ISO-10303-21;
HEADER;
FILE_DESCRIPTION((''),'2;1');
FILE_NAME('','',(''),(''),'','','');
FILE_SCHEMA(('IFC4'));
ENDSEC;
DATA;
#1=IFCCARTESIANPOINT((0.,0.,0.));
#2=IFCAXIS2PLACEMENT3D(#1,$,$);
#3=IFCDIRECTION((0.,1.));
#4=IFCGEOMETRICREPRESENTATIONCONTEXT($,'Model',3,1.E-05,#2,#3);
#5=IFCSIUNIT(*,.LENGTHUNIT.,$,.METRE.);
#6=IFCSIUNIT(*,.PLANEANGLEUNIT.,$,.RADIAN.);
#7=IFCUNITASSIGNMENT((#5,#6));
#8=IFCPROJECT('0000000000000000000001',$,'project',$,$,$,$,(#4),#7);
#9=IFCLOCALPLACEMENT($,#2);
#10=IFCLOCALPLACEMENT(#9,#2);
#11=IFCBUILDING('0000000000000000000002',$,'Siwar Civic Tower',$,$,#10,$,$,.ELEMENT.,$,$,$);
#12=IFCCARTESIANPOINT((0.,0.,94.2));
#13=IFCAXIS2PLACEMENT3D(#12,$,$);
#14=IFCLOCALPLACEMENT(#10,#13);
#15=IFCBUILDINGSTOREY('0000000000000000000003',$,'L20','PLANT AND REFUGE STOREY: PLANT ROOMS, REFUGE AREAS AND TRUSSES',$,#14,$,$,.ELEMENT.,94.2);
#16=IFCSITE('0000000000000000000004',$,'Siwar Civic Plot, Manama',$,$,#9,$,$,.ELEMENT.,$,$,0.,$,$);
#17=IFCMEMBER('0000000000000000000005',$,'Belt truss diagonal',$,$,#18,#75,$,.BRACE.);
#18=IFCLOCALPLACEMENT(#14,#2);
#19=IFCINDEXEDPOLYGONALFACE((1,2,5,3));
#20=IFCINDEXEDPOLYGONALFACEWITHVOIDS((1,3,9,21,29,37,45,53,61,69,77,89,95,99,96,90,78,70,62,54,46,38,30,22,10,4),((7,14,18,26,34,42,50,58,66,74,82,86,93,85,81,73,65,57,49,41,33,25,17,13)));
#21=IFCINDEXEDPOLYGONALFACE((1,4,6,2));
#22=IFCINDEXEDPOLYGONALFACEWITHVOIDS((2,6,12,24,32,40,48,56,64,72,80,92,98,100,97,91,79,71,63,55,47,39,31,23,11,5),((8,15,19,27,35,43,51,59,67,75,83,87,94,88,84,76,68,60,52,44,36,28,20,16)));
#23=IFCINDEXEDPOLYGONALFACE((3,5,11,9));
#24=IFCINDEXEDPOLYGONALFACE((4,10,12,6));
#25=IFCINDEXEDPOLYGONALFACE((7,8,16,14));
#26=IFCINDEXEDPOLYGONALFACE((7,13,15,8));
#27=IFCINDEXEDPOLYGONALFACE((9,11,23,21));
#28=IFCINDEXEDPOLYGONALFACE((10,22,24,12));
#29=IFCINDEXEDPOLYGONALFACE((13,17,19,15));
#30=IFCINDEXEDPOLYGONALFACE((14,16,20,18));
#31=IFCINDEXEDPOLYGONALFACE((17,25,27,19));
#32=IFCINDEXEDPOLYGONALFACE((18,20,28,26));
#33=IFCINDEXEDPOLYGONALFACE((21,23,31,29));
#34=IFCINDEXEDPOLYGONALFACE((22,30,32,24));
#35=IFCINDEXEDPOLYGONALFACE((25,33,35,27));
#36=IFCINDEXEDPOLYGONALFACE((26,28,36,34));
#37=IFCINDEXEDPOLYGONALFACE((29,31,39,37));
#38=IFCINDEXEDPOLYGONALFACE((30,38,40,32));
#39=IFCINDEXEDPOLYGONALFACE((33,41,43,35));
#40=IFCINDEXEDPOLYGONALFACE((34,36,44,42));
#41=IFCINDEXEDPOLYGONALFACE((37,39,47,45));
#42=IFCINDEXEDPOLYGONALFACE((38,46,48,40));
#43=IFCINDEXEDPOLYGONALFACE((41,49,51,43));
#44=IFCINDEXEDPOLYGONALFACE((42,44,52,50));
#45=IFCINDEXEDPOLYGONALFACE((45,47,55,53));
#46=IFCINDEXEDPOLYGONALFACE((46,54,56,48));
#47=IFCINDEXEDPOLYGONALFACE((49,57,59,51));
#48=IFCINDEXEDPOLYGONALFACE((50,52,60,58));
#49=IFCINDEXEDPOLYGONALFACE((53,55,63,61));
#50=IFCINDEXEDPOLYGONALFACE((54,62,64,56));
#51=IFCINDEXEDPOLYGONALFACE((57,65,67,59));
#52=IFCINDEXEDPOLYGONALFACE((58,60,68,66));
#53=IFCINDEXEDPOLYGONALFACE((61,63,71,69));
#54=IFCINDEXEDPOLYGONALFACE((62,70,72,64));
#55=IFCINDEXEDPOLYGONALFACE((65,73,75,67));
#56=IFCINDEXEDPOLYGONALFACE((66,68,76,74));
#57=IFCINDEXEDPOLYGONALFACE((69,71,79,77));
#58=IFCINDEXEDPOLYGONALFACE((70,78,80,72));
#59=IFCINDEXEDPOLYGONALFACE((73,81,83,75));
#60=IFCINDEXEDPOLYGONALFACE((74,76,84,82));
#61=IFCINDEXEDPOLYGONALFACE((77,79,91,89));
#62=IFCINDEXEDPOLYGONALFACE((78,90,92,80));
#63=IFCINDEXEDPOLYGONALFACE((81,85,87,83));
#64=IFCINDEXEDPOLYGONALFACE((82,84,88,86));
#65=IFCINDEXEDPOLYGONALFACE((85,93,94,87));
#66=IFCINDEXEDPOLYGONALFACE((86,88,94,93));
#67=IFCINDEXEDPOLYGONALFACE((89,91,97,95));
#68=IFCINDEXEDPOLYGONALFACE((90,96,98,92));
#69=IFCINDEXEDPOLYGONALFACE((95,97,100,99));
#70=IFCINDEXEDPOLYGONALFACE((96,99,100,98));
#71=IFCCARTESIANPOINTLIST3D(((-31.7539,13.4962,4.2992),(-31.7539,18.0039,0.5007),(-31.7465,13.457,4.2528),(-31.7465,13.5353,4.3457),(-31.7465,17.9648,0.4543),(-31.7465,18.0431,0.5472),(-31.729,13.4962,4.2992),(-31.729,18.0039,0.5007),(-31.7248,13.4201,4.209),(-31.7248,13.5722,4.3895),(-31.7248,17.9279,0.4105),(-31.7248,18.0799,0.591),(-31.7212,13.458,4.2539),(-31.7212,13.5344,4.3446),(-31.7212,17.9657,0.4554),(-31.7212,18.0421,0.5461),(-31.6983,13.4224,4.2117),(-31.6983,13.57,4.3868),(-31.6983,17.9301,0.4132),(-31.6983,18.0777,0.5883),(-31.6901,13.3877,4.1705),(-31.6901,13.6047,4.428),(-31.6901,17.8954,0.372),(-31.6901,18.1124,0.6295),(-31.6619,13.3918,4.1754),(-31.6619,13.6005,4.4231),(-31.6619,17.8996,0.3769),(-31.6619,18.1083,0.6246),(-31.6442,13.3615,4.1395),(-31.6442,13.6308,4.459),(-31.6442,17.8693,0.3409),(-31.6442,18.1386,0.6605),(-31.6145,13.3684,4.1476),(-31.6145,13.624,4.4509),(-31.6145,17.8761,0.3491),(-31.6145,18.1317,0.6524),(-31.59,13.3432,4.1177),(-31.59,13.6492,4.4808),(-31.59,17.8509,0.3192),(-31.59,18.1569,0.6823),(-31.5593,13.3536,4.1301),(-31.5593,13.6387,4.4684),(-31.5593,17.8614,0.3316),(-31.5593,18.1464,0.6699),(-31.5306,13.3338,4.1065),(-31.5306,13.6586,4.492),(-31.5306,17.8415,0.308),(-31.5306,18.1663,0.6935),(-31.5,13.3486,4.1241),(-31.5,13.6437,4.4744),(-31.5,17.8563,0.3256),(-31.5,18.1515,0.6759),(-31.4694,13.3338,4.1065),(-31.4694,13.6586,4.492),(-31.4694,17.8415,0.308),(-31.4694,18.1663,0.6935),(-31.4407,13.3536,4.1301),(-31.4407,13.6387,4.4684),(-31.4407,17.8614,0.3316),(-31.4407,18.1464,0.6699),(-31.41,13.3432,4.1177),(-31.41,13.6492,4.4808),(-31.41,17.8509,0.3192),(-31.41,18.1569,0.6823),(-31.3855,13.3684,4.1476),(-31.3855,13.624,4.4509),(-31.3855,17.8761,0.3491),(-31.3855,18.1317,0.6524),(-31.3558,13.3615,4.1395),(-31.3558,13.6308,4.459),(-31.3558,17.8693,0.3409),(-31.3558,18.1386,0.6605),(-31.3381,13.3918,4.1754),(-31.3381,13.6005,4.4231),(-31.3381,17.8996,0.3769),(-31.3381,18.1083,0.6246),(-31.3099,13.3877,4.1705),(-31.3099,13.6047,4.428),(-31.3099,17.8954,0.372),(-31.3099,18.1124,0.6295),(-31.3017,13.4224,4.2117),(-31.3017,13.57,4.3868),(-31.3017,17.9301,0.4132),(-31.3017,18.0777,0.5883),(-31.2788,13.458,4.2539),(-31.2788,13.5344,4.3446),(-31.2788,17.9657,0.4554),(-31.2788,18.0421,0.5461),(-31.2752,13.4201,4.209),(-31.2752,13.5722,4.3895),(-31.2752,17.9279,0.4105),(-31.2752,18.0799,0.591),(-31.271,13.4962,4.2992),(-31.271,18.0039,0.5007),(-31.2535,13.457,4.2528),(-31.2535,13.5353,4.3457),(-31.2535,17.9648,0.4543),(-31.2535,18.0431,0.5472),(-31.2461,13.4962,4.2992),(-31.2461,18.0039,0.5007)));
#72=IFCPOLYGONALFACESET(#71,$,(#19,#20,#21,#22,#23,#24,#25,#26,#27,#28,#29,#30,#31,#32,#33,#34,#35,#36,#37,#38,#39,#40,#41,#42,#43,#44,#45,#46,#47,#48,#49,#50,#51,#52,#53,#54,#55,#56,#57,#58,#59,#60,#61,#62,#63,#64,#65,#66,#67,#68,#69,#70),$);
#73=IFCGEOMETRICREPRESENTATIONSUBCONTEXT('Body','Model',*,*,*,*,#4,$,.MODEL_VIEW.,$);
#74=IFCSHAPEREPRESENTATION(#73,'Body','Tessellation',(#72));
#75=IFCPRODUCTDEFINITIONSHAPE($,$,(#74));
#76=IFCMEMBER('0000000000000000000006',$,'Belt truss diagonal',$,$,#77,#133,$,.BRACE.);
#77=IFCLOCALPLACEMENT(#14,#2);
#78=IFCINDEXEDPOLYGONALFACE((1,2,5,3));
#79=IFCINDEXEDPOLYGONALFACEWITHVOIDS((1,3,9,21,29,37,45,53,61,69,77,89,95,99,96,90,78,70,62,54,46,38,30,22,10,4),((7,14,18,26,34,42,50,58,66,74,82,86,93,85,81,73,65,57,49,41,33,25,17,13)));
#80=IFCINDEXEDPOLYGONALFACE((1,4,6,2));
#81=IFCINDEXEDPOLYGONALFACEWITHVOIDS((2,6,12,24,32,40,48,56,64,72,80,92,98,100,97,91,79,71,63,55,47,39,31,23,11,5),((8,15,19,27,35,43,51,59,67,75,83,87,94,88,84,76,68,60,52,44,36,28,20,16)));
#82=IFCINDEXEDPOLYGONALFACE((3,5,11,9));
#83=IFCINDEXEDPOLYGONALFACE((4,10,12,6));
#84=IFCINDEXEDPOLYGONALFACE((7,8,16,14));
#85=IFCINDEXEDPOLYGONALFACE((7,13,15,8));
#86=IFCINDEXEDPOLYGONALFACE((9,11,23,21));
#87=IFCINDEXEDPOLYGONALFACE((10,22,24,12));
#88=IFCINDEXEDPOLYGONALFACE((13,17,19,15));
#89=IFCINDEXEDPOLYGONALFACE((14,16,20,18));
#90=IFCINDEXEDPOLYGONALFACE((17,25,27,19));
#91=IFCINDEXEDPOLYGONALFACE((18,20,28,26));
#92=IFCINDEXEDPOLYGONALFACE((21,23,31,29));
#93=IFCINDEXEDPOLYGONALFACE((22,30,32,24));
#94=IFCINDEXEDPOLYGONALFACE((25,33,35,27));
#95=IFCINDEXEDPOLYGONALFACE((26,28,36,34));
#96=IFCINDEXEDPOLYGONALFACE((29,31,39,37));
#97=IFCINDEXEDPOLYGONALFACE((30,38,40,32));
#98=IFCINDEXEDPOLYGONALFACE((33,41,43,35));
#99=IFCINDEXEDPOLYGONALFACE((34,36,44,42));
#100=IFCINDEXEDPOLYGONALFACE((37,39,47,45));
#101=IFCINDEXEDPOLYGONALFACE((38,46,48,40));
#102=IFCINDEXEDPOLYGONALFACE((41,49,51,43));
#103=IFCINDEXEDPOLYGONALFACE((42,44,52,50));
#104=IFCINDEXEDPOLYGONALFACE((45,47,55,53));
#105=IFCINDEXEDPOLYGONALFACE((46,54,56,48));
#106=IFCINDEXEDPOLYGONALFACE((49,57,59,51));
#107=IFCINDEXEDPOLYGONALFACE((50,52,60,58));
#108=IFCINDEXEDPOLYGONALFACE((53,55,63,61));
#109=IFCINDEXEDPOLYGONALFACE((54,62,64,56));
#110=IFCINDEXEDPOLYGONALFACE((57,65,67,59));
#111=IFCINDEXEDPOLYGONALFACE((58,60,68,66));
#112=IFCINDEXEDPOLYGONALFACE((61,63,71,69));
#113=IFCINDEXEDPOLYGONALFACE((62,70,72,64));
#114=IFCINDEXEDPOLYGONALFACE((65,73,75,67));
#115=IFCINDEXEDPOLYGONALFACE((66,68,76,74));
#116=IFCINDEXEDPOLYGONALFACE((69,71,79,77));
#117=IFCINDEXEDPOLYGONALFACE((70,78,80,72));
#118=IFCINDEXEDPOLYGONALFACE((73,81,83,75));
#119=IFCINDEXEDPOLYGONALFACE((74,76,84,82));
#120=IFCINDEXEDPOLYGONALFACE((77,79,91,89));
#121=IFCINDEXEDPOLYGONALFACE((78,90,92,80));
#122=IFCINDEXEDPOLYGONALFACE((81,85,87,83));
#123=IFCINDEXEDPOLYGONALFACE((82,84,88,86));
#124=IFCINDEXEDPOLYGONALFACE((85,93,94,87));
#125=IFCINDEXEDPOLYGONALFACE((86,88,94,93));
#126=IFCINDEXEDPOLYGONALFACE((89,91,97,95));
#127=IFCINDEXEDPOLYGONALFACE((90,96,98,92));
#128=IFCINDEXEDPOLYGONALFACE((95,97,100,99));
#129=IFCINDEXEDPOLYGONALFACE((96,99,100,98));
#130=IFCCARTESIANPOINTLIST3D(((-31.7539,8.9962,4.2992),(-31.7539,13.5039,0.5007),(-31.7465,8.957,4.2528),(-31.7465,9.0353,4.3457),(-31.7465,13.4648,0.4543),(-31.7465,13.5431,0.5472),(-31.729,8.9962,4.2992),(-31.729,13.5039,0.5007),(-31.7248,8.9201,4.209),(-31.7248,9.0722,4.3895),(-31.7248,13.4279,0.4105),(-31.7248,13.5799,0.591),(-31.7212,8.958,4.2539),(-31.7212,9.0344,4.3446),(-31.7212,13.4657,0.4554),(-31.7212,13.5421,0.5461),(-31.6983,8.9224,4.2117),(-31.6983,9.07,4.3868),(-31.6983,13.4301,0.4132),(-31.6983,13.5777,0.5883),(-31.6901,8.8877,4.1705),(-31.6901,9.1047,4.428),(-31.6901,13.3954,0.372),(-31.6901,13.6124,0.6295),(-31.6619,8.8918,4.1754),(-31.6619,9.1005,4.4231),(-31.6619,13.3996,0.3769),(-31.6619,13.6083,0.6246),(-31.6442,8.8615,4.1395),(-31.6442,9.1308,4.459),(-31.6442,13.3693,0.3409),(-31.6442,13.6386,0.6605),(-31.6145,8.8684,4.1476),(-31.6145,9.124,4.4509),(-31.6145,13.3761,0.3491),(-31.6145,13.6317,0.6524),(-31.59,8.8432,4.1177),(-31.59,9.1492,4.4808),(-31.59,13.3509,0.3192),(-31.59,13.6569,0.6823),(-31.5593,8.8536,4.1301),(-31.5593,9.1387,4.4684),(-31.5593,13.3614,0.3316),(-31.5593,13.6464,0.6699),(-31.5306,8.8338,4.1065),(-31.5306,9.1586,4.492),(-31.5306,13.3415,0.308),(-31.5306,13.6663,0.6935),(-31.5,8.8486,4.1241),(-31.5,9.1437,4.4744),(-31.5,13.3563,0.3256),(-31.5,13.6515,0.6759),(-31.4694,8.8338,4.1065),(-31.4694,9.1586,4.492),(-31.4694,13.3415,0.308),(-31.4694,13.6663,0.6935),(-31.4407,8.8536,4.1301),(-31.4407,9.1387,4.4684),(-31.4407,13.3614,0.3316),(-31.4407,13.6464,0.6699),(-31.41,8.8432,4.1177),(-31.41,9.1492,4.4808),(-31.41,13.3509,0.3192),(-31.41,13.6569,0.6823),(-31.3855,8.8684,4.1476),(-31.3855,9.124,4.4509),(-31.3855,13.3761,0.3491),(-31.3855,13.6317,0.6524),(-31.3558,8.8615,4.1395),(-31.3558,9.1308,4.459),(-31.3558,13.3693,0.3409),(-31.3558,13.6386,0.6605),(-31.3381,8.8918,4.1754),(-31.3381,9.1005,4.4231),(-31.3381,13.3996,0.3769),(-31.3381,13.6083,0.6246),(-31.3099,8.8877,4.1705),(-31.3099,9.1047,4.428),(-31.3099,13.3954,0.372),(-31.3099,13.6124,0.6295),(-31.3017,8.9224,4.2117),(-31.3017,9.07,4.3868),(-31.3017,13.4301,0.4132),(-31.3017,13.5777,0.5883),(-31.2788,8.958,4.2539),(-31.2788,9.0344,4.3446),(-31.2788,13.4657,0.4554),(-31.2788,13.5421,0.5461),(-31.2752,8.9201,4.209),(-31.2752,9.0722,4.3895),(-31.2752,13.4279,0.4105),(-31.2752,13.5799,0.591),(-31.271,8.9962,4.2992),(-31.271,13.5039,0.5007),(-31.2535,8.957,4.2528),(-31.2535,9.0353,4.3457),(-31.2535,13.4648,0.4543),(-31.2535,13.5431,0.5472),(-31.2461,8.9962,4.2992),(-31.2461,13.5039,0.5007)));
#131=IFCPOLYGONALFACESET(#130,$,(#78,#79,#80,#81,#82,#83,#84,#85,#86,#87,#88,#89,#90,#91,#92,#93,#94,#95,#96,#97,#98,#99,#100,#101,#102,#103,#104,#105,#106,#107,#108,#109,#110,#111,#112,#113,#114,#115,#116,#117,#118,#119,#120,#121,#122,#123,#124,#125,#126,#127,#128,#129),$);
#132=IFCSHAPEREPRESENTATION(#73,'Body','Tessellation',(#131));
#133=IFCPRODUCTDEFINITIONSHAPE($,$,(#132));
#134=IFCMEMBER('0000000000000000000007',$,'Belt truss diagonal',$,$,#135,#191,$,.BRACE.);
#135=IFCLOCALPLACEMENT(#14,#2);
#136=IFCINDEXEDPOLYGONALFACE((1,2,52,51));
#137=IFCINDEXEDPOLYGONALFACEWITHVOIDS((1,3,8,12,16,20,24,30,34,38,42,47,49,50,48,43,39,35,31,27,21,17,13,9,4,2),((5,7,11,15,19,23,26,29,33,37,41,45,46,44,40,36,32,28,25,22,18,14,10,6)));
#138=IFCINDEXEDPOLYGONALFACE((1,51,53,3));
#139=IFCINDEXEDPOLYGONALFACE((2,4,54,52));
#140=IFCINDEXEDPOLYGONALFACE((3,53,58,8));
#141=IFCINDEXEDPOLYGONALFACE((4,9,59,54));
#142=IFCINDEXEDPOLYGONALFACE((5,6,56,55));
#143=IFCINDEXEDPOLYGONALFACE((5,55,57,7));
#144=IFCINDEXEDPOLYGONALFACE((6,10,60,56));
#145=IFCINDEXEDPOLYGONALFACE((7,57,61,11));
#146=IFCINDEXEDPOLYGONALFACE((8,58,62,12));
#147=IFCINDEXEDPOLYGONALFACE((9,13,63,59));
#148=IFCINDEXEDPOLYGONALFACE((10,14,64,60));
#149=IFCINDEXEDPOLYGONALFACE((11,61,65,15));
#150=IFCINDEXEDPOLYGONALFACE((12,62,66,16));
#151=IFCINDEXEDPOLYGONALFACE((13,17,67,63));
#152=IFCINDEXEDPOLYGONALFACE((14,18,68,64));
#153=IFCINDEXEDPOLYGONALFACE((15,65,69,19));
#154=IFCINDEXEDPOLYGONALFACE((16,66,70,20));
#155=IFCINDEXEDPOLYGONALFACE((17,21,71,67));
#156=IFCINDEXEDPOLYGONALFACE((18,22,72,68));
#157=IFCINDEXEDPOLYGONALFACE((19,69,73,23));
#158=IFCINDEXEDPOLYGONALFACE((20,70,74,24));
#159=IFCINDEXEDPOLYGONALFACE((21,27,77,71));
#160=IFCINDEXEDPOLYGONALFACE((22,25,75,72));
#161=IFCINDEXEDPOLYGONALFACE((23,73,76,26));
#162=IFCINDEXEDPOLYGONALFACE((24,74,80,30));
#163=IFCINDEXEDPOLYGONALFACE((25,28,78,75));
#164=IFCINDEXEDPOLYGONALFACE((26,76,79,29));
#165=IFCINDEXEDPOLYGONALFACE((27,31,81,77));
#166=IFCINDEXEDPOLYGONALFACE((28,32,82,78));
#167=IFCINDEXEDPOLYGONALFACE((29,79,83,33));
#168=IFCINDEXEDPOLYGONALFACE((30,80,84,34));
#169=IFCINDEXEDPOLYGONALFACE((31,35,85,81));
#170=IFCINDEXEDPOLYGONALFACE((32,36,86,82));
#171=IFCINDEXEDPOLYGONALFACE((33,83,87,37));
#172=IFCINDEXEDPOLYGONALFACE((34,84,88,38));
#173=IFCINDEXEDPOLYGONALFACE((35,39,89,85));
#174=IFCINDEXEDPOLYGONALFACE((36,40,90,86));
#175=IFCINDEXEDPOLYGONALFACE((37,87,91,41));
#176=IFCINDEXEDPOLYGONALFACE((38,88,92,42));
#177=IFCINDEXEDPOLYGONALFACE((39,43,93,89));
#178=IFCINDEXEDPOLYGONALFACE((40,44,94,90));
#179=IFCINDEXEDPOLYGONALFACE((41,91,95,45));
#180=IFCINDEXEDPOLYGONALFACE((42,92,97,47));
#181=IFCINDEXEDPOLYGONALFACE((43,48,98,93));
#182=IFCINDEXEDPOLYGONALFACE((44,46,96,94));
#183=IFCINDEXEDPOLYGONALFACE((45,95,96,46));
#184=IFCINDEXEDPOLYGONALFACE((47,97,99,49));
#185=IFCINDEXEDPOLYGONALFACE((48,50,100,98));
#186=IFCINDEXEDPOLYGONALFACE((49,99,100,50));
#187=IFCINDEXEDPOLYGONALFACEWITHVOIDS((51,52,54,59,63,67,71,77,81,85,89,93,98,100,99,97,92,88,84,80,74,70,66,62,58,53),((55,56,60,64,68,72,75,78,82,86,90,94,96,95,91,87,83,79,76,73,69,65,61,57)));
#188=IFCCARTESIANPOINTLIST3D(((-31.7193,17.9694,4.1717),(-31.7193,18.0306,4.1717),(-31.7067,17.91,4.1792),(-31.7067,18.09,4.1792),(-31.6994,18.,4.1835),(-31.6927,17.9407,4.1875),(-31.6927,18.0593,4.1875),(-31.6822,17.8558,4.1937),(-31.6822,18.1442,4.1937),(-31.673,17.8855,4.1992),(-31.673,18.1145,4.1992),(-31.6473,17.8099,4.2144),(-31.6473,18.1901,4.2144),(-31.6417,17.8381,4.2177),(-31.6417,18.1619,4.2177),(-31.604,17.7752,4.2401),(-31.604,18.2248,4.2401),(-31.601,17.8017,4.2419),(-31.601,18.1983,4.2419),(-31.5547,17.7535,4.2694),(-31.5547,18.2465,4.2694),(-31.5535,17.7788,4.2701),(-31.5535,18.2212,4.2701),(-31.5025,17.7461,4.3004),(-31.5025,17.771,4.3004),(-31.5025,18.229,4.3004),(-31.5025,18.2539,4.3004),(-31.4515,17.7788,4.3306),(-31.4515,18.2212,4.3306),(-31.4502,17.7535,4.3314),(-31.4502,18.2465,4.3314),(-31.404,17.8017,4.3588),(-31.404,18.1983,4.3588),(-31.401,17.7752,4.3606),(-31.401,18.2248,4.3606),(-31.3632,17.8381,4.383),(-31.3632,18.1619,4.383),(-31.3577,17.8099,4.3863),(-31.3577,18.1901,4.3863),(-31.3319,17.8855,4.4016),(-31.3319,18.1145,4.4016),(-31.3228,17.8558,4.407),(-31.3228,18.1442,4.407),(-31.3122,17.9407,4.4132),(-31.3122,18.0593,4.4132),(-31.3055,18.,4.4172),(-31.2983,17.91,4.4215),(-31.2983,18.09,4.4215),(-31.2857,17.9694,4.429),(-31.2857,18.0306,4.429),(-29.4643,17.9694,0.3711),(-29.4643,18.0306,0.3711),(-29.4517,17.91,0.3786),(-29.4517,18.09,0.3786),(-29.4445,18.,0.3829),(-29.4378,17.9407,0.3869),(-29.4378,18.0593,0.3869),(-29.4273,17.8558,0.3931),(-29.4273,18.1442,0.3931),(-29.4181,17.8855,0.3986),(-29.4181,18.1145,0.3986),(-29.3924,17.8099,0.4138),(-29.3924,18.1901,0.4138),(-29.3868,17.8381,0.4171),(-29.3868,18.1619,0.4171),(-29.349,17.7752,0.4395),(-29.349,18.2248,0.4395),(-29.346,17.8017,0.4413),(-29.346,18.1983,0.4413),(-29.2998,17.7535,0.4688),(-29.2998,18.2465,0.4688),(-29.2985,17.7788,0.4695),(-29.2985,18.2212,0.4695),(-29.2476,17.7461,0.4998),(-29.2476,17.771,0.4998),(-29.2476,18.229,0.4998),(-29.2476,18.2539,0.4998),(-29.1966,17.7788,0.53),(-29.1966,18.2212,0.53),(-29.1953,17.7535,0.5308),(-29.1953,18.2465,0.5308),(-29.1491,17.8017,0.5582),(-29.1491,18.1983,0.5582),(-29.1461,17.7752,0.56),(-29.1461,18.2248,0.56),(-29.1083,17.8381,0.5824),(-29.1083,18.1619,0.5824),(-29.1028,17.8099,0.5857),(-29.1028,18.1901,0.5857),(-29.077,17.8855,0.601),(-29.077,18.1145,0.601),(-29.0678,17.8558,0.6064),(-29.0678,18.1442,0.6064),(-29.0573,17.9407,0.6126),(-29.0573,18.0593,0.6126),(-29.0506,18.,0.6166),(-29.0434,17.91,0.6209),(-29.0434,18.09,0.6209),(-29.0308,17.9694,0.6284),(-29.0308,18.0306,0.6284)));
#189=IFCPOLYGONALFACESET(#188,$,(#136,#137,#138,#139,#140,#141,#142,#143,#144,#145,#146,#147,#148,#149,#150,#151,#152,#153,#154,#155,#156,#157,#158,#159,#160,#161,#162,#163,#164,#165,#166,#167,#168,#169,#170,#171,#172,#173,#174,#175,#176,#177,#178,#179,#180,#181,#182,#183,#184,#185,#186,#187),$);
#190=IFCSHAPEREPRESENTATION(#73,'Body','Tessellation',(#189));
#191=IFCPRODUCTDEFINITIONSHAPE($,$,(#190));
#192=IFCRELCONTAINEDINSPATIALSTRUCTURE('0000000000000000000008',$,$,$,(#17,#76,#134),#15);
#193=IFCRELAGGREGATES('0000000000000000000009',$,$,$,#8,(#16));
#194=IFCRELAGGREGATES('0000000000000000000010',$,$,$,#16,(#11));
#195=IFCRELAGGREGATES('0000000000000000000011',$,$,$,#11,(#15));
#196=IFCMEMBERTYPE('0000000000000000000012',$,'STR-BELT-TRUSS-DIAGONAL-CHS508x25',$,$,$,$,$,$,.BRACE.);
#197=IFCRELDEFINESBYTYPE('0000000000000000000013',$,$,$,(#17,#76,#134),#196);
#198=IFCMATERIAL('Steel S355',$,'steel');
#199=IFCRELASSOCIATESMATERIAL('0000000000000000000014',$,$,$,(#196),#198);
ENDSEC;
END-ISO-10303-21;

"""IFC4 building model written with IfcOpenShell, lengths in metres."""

from ifc_helpers import new_model, si_unit, direction, frame, origin, origin_2d, place, context, subcontext, project, spatial, hollow_circle, extrude, material, material_profile, profile_set, type_object, element, save


model = new_model("IFC4")

# Units and contexts
model_context = context("Model", 3, precision=1e-05, world=origin(), true_north=direction((0.0, 1.0)))
body_context = subcontext(model_context, "Body", "Model", "MODEL_VIEW")
ifc_project = project(units=[si_unit("LENGTHUNIT", "METRE"), si_unit("PLANEANGLEUNIT", "RADIAN")], contexts=[model_context])

# Site, building, storey
site_placement = place(None, origin())
site = spatial("IfcSite", under=ifc_project, at=site_placement, Name="Siwar Civic Plot, Manama", CompositionType="ELEMENT", RefElevation=0.0)
building_placement = place(site_placement, origin())
building = spatial("IfcBuilding", under=site, at=building_placement, Name="Siwar Civic Tower", CompositionType="ELEMENT")
storey_placement = place(building_placement, frame((0.0, 0.0, 94.2)))
storey = spatial("IfcBuildingStorey", under=building, at=storey_placement, Name="L20", Description="PLANT AND REFUGE STOREY: PLANT ROOMS, REFUGE AREAS AND TRUSSES", CompositionType="ELEMENT", Elevation=94.2)

# Members
ifc_material_1 = material(Name="Steel S355", Category="steel")
ifc_material_profile_1 = material_profile(ifc_material_1, hollow_circle(Radius=0.2539, WallThickness=0.0249, at=origin_2d()), Name="CHS508x25")
ifc_profile_set_1 = profile_set([ifc_material_profile_1], Name="Steel S355")
member_type_1 = type_object("IfcMemberType", Name="STR-BELT-TRUSS-DIAGONAL-CHS508x25", PredefinedType="BRACE", material=ifc_profile_set_1)
for number, where, z_axis, x_axis, name in (
    (1, (-31.5, 18.0039, 0.5007), (0.0, -0.7647, 0.644387), (1.0, 0.0, 0.0), "Belt truss diagonal"),
    (2, (-31.5, 13.5039, 0.5007), (0.0, -0.7647, 0.644387), (1.0, 0.0, 0.0), "Belt truss diagonal"),
):
    element("IfcMember", number, at=place(storey_placement, frame(where, z_axis=z_axis, x_axis=x_axis)), inside=storey, type_object=member_type_1, Name=name, PredefinedType="BRACE", context=body_context, shape_type="SweptSolid", body=[
        extrude(hollow_circle(Radius=0.2539, WallThickness=0.0249, at=origin_2d()), origin(), (0.0, 0.0, 1.0), 5.8948),
    ])
member_1_placement = place(storey_placement, frame((-29.2476, 18.0, 0.4998), z_axis=(-0.510257, 0.0, 0.860022), x_axis=(0.0, -1.0, 0.0)))
element("IfcMember", 3, at=member_1_placement, inside=storey, type_object=member_type_1, Name="Belt truss diagonal", PredefinedType="BRACE", context=body_context, shape_type="SweptSolid", body=[
    extrude(hollow_circle(Radius=0.2539, WallThickness=0.0249, at=origin_2d()), origin(), (0.0, 0.0, 1.0), 4.4192),
])

save(model, "model.ifc")
